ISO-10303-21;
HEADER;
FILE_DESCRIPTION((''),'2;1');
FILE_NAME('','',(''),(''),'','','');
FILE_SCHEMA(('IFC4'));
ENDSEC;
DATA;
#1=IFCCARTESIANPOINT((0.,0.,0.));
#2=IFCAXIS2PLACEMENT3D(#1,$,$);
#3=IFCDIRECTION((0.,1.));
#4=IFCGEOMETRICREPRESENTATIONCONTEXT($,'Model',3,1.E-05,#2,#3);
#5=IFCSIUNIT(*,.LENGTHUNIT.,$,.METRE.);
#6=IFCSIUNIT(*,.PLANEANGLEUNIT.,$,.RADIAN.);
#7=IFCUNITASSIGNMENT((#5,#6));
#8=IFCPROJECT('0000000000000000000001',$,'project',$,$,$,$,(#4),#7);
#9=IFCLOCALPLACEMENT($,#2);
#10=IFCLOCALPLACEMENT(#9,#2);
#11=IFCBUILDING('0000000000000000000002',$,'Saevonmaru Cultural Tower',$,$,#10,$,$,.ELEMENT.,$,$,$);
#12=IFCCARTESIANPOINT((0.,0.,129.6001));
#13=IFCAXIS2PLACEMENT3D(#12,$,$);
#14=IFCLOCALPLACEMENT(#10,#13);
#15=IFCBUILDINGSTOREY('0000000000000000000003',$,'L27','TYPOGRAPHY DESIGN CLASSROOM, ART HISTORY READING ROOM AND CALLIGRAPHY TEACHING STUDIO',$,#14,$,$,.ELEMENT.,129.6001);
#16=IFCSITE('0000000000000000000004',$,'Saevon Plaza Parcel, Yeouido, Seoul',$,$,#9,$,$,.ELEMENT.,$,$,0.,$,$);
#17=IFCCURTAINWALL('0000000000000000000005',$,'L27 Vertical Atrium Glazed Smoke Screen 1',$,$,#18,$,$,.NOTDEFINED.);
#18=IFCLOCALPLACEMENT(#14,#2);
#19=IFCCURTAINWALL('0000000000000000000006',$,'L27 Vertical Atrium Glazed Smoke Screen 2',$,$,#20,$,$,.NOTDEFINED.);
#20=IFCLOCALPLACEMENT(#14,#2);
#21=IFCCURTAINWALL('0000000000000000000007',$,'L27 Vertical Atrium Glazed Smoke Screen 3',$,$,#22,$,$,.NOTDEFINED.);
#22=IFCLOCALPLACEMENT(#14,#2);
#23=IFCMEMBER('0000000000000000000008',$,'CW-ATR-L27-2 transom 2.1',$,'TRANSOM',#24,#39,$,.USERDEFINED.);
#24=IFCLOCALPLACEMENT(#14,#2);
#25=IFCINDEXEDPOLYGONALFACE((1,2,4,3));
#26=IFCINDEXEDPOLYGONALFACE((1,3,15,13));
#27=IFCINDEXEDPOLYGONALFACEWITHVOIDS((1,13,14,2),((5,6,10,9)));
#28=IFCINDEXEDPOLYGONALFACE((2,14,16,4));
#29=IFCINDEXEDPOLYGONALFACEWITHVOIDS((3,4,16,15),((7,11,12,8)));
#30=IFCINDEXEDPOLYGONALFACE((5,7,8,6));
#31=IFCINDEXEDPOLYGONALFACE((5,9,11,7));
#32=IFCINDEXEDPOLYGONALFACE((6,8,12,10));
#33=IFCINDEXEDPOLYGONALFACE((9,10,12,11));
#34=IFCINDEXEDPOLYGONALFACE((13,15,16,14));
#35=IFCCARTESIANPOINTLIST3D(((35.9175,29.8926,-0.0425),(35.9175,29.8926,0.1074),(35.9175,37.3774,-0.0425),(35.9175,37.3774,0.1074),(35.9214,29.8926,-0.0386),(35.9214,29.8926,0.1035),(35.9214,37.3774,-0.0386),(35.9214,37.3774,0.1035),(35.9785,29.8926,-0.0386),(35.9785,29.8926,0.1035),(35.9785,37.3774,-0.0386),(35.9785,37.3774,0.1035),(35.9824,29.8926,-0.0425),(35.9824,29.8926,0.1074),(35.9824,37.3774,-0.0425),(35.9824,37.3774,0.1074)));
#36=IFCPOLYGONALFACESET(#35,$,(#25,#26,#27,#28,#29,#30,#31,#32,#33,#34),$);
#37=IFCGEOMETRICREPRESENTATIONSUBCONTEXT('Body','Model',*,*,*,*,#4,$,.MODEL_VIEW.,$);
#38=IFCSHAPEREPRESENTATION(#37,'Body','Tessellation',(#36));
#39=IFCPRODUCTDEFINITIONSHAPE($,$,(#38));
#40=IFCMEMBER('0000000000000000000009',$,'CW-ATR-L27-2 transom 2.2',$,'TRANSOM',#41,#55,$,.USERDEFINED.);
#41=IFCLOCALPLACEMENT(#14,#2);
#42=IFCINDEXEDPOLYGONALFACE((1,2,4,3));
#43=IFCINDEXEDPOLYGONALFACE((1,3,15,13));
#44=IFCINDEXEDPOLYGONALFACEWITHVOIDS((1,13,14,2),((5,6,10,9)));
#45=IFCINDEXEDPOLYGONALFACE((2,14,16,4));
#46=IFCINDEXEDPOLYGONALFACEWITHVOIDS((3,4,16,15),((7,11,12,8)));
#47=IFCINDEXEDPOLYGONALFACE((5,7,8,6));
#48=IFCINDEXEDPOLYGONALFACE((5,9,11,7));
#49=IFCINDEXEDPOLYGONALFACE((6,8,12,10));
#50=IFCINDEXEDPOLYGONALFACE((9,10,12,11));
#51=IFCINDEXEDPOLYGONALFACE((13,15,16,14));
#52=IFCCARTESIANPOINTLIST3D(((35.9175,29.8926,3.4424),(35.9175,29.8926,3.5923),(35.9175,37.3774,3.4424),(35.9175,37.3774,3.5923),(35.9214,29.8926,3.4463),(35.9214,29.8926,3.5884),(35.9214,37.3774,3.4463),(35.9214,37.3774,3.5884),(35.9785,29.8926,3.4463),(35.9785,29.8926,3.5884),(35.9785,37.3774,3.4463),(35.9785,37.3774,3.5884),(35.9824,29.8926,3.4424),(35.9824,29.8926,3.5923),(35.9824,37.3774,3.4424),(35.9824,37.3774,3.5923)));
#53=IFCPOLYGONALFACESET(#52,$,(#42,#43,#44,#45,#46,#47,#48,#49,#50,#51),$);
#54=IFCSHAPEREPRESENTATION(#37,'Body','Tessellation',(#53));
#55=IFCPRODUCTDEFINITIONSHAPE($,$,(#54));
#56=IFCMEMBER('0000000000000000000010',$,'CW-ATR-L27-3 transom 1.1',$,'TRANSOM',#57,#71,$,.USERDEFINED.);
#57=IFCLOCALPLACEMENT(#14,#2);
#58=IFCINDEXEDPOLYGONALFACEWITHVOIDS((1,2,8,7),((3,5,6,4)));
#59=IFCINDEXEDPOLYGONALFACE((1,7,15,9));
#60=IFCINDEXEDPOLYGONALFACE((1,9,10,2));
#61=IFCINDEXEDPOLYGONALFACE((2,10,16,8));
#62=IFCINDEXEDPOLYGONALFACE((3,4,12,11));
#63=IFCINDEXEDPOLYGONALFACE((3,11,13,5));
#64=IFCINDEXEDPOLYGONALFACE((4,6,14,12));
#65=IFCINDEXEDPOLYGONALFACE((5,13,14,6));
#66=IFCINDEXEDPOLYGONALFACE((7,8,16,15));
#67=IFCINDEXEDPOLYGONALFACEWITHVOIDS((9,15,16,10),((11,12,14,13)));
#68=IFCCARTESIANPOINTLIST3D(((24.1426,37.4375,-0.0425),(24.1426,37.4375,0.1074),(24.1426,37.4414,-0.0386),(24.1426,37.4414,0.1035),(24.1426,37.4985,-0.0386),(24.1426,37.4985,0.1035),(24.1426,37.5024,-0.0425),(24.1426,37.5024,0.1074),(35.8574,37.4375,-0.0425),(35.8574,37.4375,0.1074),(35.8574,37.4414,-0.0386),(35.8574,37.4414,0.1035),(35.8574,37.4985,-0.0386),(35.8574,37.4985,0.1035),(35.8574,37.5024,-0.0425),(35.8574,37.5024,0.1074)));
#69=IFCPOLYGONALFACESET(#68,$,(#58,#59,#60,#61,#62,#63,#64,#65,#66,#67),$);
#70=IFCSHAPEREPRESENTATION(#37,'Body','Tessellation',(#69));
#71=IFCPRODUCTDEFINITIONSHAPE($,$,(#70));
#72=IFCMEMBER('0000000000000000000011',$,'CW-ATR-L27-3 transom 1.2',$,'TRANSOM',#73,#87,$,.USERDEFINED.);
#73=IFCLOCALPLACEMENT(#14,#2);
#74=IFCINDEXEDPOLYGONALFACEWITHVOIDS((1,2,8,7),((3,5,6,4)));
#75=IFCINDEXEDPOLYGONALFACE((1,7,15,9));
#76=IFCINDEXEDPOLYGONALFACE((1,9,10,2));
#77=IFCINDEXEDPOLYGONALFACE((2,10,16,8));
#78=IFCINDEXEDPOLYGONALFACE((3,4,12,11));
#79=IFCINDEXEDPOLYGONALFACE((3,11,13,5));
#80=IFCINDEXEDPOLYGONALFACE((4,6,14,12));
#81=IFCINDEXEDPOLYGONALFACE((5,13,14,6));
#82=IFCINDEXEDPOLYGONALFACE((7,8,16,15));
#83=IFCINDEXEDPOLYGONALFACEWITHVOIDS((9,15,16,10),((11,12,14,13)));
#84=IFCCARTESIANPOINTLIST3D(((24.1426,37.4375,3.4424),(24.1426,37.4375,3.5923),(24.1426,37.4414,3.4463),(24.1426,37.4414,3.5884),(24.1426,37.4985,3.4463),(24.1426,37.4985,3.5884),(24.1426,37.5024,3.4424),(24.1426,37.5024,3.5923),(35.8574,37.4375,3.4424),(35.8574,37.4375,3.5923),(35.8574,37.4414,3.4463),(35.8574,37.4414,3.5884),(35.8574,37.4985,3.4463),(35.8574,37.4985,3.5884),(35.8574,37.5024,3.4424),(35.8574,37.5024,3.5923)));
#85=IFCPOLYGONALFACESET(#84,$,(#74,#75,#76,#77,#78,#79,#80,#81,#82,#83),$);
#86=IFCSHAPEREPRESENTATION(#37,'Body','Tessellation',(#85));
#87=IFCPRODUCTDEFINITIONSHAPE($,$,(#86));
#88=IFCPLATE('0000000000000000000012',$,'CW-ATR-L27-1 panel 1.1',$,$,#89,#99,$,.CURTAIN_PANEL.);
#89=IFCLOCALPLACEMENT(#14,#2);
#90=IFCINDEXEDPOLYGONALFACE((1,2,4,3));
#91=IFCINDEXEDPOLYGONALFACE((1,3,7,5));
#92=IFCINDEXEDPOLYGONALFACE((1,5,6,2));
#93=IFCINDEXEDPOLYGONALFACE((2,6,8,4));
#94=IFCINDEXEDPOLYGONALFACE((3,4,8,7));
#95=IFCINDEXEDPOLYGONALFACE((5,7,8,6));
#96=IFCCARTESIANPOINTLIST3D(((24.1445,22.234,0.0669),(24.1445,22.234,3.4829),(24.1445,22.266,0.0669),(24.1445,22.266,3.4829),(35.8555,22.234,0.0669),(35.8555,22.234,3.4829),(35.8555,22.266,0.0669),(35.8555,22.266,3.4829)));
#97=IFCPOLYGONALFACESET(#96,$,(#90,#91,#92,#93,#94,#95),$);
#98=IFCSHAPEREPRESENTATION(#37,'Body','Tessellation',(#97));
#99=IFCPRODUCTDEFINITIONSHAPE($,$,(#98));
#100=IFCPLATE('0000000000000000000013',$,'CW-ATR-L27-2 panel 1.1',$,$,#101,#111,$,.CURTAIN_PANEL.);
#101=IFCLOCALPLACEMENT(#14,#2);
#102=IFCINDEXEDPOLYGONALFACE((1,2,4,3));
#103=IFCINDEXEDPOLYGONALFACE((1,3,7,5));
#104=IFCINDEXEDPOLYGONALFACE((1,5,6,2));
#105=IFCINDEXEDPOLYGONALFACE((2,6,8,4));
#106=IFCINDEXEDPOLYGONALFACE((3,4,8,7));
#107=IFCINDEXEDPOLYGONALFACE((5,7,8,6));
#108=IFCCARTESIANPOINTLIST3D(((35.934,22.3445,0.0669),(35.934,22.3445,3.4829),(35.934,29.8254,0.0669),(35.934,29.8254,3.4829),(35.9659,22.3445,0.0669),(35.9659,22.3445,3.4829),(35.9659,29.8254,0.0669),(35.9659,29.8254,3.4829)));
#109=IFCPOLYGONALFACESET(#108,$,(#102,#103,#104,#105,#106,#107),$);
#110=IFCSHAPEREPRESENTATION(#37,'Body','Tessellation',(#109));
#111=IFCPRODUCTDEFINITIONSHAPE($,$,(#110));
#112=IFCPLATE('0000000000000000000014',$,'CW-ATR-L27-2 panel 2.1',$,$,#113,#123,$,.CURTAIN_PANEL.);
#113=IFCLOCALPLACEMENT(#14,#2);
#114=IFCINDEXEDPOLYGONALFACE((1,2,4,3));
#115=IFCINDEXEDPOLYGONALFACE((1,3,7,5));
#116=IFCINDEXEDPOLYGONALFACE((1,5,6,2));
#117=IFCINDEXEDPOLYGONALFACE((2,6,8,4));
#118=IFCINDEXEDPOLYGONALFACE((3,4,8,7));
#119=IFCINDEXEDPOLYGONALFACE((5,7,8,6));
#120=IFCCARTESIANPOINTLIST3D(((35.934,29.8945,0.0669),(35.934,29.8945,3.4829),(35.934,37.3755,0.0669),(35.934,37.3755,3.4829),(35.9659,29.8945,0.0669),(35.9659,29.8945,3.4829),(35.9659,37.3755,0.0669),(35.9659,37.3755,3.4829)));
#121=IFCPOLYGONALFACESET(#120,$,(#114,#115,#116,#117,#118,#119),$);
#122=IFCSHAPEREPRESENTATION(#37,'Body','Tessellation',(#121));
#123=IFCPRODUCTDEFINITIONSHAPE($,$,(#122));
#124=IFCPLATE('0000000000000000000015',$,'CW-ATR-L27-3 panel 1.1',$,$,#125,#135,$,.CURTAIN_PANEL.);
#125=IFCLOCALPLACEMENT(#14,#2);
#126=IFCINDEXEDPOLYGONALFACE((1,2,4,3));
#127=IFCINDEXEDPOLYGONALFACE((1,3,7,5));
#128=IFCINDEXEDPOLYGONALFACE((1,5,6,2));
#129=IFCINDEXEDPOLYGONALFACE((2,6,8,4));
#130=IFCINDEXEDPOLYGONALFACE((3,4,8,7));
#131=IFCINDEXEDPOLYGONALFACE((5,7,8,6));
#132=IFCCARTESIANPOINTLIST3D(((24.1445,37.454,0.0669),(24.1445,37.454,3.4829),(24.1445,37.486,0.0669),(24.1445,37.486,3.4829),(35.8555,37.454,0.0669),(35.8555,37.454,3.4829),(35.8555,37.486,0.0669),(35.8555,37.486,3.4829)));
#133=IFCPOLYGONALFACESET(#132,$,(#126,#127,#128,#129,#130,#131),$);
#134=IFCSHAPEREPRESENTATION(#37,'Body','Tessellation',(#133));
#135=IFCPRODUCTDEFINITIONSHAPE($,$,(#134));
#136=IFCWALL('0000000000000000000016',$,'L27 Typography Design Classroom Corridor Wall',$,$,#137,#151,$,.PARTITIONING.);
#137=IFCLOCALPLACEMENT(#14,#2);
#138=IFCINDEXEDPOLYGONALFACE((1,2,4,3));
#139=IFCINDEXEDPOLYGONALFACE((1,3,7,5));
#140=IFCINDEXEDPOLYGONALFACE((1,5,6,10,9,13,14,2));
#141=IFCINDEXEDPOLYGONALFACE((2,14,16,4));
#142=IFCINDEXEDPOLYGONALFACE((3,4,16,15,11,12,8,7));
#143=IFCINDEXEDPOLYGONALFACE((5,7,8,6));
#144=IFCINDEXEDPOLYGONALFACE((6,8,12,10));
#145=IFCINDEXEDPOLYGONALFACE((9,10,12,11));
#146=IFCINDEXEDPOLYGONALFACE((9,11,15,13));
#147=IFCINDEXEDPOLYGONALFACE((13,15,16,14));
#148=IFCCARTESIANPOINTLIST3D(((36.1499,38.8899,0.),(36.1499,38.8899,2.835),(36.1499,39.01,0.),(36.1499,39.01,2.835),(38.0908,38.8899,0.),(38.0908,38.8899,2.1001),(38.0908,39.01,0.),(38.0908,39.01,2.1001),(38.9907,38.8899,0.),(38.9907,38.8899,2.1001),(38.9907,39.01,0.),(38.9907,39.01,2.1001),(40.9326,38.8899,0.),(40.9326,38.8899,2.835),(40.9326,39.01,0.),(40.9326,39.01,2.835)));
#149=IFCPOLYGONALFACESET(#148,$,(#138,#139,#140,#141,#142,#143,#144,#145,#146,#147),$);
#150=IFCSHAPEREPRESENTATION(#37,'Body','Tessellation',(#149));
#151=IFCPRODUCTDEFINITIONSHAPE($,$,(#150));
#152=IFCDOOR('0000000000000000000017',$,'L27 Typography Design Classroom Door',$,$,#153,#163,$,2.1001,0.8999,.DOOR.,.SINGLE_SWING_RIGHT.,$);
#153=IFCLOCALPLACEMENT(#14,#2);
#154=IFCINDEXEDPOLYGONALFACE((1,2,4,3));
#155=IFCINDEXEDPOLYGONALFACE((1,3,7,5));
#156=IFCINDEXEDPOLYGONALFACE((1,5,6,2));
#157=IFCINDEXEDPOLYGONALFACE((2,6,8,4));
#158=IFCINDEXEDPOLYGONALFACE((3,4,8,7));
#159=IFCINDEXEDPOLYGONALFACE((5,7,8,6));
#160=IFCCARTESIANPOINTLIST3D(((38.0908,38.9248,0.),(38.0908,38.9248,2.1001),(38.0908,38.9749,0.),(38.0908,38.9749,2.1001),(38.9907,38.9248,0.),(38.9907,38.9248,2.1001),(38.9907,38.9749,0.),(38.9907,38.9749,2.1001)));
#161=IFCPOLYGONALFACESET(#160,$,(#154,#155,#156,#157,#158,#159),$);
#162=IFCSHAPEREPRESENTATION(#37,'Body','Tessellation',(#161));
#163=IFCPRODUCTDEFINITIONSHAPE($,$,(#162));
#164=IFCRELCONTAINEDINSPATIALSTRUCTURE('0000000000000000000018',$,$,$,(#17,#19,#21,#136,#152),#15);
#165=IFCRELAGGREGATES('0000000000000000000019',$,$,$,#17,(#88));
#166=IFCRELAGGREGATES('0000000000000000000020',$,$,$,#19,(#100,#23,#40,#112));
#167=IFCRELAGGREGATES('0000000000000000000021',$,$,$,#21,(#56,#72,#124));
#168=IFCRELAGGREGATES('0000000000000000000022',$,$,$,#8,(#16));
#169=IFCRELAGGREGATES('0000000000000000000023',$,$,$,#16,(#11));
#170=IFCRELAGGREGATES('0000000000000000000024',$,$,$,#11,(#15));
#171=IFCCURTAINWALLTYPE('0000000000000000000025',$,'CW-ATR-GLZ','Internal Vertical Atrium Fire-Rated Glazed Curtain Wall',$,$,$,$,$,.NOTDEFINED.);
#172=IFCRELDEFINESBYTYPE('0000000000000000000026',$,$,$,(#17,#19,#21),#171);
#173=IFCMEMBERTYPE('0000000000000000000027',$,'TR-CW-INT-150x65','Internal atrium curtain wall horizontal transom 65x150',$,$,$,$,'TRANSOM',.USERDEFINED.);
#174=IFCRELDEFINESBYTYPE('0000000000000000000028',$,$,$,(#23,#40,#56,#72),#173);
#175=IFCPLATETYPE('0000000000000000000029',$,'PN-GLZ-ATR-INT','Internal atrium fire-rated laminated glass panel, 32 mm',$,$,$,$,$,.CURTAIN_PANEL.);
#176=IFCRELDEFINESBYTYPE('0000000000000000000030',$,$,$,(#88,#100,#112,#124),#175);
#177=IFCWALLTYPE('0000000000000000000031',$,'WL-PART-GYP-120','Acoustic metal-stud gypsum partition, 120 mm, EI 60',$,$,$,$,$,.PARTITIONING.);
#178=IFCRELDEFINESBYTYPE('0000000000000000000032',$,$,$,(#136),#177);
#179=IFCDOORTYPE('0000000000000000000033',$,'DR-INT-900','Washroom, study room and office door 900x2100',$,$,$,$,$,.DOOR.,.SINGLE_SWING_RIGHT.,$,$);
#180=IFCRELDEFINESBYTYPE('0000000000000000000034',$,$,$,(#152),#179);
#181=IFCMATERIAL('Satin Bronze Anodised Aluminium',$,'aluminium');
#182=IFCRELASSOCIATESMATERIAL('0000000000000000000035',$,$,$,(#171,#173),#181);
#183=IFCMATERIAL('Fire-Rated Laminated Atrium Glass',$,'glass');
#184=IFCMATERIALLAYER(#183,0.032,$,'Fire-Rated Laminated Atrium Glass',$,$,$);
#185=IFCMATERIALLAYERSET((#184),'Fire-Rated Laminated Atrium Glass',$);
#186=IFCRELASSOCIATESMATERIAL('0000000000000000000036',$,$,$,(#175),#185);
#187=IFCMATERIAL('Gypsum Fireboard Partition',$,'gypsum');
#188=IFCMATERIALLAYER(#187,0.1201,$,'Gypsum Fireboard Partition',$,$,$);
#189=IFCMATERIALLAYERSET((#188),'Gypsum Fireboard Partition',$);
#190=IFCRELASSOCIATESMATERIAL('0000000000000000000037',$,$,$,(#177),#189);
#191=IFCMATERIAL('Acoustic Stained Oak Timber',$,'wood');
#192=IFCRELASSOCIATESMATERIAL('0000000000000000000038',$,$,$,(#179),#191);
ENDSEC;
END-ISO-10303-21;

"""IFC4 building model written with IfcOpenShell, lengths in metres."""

from ifc_helpers import new_model, si_unit, direction, frame, frame_2d, origin, origin_2d, place, context, subcontext, project, spatial, rectangle, hollow_rectangle, extrude, material, layer, layer_set, material_profile, profile_set, type_object, element, fill, aggregate, save


model = new_model("IFC4")

# Units and contexts
model_context = context("Model", 3, precision=1e-05, world=origin(), true_north=direction((0.0, 1.0)))
body_context = subcontext(model_context, "Body", "Model", "MODEL_VIEW")
ifc_project = project(units=[si_unit("LENGTHUNIT", "METRE"), si_unit("PLANEANGLEUNIT", "RADIAN")], contexts=[model_context])

# Site, building, storey
site_placement = place(None, origin())
site = spatial("IfcSite", under=ifc_project, at=site_placement, Name="Saevon Plaza Parcel, Yeouido, Seoul", CompositionType="ELEMENT", RefElevation=0.0)
building_placement = place(site_placement, origin())
building = spatial("IfcBuilding", under=site, at=building_placement, Name="Saevonmaru Cultural Tower", CompositionType="ELEMENT")
storey_placement = place(building_placement, frame((0.0, 0.0, 129.6001)))
storey = spatial("IfcBuildingStorey", under=building, at=storey_placement, Name="L27", Description="TYPOGRAPHY DESIGN CLASSROOM, ART HISTORY READING ROOM AND CALLIGRAPHY TEACHING STUDIO", CompositionType="ELEMENT", Elevation=129.6001)

# Curtain wall
ifc_material_1 = material(Name="Satin Bronze Anodised Aluminium", Category="aluminium")
curtain_wall_type = type_object("IfcCurtainWallType", Name="CW-ATR-GLZ", Description="Internal Vertical Atrium Fire-Rated Glazed Curtain Wall", PredefinedType="NOTDEFINED", material=ifc_material_1)
curtain_wall_1_placement = place(storey_placement, origin())
curtain_wall_1 = element("IfcCurtainWall", 1, at=curtain_wall_1_placement, inside=storey, type_object=curtain_wall_type, Name="L27 Vertical Atrium Glazed Smoke Screen 1", PredefinedType="NOTDEFINED")

# Curtain wall
curtain_wall_2_placement = place(storey_placement, origin())
curtain_wall_2 = element("IfcCurtainWall", 2, at=curtain_wall_2_placement, inside=storey, type_object=curtain_wall_type, Name="L27 Vertical Atrium Glazed Smoke Screen 2", PredefinedType="NOTDEFINED")

# Curtain wall
curtain_wall_3_placement = place(storey_placement, origin())
curtain_wall_3 = element("IfcCurtainWall", 3, at=curtain_wall_3_placement, inside=storey, type_object=curtain_wall_type, Name="L27 Vertical Atrium Glazed Smoke Screen 3", PredefinedType="NOTDEFINED")

# Members
ifc_material_profile_1 = material_profile(ifc_material_1, hollow_rectangle(XDim=0.0649, YDim=0.1499, WallThickness=0.0039, at=origin_2d()), Name="ALU-TRAN-150x65x4")
ifc_profile_set_1 = profile_set([ifc_material_profile_1], Name="Satin Bronze Anodised Aluminium")
member_type_1 = type_object("IfcMemberType", Name="TR-CW-INT-150x65", Description="Internal atrium curtain wall horizontal transom 65x150", ElementType="TRANSOM", PredefinedType="USERDEFINED", material=ifc_profile_set_1)
member_1_placement = place(storey_placement, frame((35.95, 29.8926, 0.0325), z_axis=(0.0, 1.0, 0.0), x_axis=(-1.0, 0.0, 0.0)))
member_1 = element("IfcMember", 4, at=member_1_placement, type_object=member_type_1, Name="CW-ATR-L27-2 transom 2.1", ObjectType="TRANSOM", PredefinedType="USERDEFINED", context=body_context, shape_type="SweptSolid", body=[
    extrude(hollow_rectangle(XDim=0.0649, YDim=0.1499, WallThickness=0.0039, at=origin_2d()), origin(), (0.0, 0.0, 1.0), 7.4849),
])
member_2_placement = place(storey_placement, frame((35.95, 29.8926, 3.5173), z_axis=(0.0, 1.0, 0.0), x_axis=(-1.0, 0.0, 0.0)))
member_2 = element("IfcMember", 5, at=member_2_placement, type_object=member_type_1, Name="CW-ATR-L27-2 transom 2.2", ObjectType="TRANSOM", PredefinedType="USERDEFINED", context=body_context, shape_type="SweptSolid", body=[
    extrude(hollow_rectangle(XDim=0.0649, YDim=0.1499, WallThickness=0.0039, at=origin_2d()), origin(), (0.0, 0.0, 1.0), 7.4849),
])
member_3_placement = place(storey_placement, frame((35.8574, 37.47, 0.0325), z_axis=(-1.0, 0.0, 0.0), x_axis=(0.0, -1.0, 0.0)))
member_3 = element("IfcMember", 6, at=member_3_placement, type_object=member_type_1, Name="CW-ATR-L27-3 transom 1.1", ObjectType="TRANSOM", PredefinedType="USERDEFINED", context=body_context, shape_type="SweptSolid", body=[
    extrude(hollow_rectangle(XDim=0.0649, YDim=0.1499, WallThickness=0.0039, at=origin_2d()), origin(), (0.0, 0.0, 1.0), 11.7148),
])
member_4_placement = place(storey_placement, frame((35.8574, 37.47, 3.5173), z_axis=(-1.0, 0.0, 0.0), x_axis=(0.0, -1.0, 0.0)))
member_4 = element("IfcMember", 7, at=member_4_placement, type_object=member_type_1, Name="CW-ATR-L27-3 transom 1.2", ObjectType="TRANSOM", PredefinedType="USERDEFINED", context=body_context, shape_type="SweptSolid", body=[
    extrude(hollow_rectangle(XDim=0.0649, YDim=0.1499, WallThickness=0.0039, at=origin_2d()), origin(), (0.0, 0.0, 1.0), 11.7148),
])

# Plates
ifc_material_2 = material(Name="Fire-Rated Laminated Atrium Glass", Category="glass")
ifc_layer_1 = layer(ifc_material_2, 0.032, Name="Fire-Rated Laminated Atrium Glass")
ifc_layer_set_1 = layer_set([ifc_layer_1], Name="Fire-Rated Laminated Atrium Glass")
plate_type = type_object("IfcPlateType", Name="PN-GLZ-ATR-INT", Description="Internal atrium fire-rated laminated glass panel, 32 mm", PredefinedType="CURTAIN_PANEL", material=ifc_layer_set_1)
plate_1_placement = place(storey_placement, frame((30.0, 22.25, 0.0669), z_axis=(0.0, 0.0, 1.0), x_axis=(1.0, 0.0, 0.0)))
plate_1 = element("IfcPlate", 8, at=plate_1_placement, type_object=plate_type, Name="CW-ATR-L27-1 panel 1.1", PredefinedType="CURTAIN_PANEL", context=body_context, shape_type="SweptSolid", body=[
    extrude(rectangle(XDim=11.7109, YDim=0.032, at=origin_2d()), origin(), (0.0, 0.0, 1.0), 3.416),
])
aggregate(curtain_wall_1, [plate_1])
plate_2_placement = place(storey_placement, frame((35.95, 26.085, 0.0669), z_axis=(0.0, 0.0, 1.0), x_axis=(0.0, 1.0, 0.0)))
plate_2 = element("IfcPlate", 9, at=plate_2_placement, type_object=plate_type, Name="CW-ATR-L27-2 panel 1.1", PredefinedType="CURTAIN_PANEL", context=body_context, shape_type="SweptSolid", body=[
    extrude(rectangle(XDim=7.481, YDim=0.032, at=origin_2d()), origin(), (0.0, 0.0, 1.0), 3.416),
])
plate_3_placement = place(storey_placement, frame((35.95, 33.635, 0.0669), z_axis=(0.0, 0.0, 1.0), x_axis=(0.0, 1.0, 0.0)))
plate_3 = element("IfcPlate", 10, at=plate_3_placement, type_object=plate_type, Name="CW-ATR-L27-2 panel 2.1", PredefinedType="CURTAIN_PANEL", context=body_context, shape_type="SweptSolid", body=[
    extrude(rectangle(XDim=7.481, YDim=0.032, at=origin_2d()), origin(), (0.0, 0.0, 1.0), 3.416),
])
aggregate(curtain_wall_2, [plate_2, member_1, member_2, plate_3])
plate_4_placement = place(storey_placement, frame((30.0, 37.47, 0.0669), z_axis=(0.0, 0.0, 1.0), x_axis=(-1.0, 0.0, 0.0)))
plate_4 = element("IfcPlate", 11, at=plate_4_placement, type_object=plate_type, Name="CW-ATR-L27-3 panel 1.1", PredefinedType="CURTAIN_PANEL", context=body_context, shape_type="SweptSolid", body=[
    extrude(rectangle(XDim=11.7109, YDim=0.032, at=origin_2d()), origin(), (0.0, 0.0, 1.0), 3.416),
])
aggregate(curtain_wall_3, [member_3, member_4, plate_4])

# Wall, opening, door
ifc_material_3 = material(Name="Gypsum Fireboard Partition", Category="gypsum")
ifc_layer_2 = layer(ifc_material_3, 0.1201, Name="Gypsum Fireboard Partition")
ifc_layer_set_2 = layer_set([ifc_layer_2], Name="Gypsum Fireboard Partition")
wall_type = type_object("IfcWallType", Name="WL-PART-GYP-120", Description="Acoustic metal-stud gypsum partition, 120 mm, EI 60", PredefinedType="PARTITIONING", material=ifc_layer_set_2)
wall_placement = place(storey_placement, frame((36.1499, 38.95, 0.0), z_axis=(0.0, 0.0, 1.0), x_axis=(1.0, 0.0, 0.0)))
wall = element("IfcWall", 12, at=wall_placement, inside=storey, type_object=wall_type, Name="L27 Typography Design Classroom Corridor Wall", PredefinedType="PARTITIONING", context=body_context, shape_type="SweptSolid", body=[
    extrude(rectangle(XDim=4.7827, YDim=0.1201, at=frame_2d((2.3914, 0.0))), origin(), (0.0, 0.0, 1.0), 2.835),
])
opening_placement = place(wall_placement, frame((1.9409, 0.0, 0.0)))
opening = element("IfcOpeningElement", 13, at=opening_placement, cuts=wall, PredefinedType="OPENING", context=body_context, shape_type="SweptSolid", body=[
    extrude(rectangle(XDim=0.8999, YDim=2.1001, at=frame_2d((0.45, 1.05))), frame((0.0, 0.0701, 0.0), z_axis=(0.0, -1.0, 0.0), x_axis=(1.0, 0.0, 0.0)), (0.0, 0.0, 1.0), 0.1401),
])
ifc_material_4 = material(Name="Acoustic Stained Oak Timber", Category="wood")
door_type = type_object("IfcDoorType", Name="DR-INT-900", Description="Washroom, study room and office door 900x2100", OperationType="SINGLE_SWING_RIGHT", PredefinedType="DOOR", material=ifc_material_4)
door_placement = place(opening_placement, origin())
door = element("IfcDoor", 14, at=door_placement, inside=storey, type_object=door_type, Name="L27 Typography Design Classroom Door", OperationType="SINGLE_SWING_RIGHT", OverallHeight=2.1001, OverallWidth=0.8999, PredefinedType="DOOR", context=body_context, shape_type="SweptSolid", body=[
    extrude(rectangle(XDim=0.8999, YDim=2.1001, at=frame_2d((0.45, 1.05))), frame((0.0, 0.0249, 0.0), z_axis=(0.0, -1.0, 0.0), x_axis=(1.0, 0.0, 0.0)), (0.0, 0.0, 1.0), 0.05),
])
fill(opening, door)

save(model, "model.ifc")
